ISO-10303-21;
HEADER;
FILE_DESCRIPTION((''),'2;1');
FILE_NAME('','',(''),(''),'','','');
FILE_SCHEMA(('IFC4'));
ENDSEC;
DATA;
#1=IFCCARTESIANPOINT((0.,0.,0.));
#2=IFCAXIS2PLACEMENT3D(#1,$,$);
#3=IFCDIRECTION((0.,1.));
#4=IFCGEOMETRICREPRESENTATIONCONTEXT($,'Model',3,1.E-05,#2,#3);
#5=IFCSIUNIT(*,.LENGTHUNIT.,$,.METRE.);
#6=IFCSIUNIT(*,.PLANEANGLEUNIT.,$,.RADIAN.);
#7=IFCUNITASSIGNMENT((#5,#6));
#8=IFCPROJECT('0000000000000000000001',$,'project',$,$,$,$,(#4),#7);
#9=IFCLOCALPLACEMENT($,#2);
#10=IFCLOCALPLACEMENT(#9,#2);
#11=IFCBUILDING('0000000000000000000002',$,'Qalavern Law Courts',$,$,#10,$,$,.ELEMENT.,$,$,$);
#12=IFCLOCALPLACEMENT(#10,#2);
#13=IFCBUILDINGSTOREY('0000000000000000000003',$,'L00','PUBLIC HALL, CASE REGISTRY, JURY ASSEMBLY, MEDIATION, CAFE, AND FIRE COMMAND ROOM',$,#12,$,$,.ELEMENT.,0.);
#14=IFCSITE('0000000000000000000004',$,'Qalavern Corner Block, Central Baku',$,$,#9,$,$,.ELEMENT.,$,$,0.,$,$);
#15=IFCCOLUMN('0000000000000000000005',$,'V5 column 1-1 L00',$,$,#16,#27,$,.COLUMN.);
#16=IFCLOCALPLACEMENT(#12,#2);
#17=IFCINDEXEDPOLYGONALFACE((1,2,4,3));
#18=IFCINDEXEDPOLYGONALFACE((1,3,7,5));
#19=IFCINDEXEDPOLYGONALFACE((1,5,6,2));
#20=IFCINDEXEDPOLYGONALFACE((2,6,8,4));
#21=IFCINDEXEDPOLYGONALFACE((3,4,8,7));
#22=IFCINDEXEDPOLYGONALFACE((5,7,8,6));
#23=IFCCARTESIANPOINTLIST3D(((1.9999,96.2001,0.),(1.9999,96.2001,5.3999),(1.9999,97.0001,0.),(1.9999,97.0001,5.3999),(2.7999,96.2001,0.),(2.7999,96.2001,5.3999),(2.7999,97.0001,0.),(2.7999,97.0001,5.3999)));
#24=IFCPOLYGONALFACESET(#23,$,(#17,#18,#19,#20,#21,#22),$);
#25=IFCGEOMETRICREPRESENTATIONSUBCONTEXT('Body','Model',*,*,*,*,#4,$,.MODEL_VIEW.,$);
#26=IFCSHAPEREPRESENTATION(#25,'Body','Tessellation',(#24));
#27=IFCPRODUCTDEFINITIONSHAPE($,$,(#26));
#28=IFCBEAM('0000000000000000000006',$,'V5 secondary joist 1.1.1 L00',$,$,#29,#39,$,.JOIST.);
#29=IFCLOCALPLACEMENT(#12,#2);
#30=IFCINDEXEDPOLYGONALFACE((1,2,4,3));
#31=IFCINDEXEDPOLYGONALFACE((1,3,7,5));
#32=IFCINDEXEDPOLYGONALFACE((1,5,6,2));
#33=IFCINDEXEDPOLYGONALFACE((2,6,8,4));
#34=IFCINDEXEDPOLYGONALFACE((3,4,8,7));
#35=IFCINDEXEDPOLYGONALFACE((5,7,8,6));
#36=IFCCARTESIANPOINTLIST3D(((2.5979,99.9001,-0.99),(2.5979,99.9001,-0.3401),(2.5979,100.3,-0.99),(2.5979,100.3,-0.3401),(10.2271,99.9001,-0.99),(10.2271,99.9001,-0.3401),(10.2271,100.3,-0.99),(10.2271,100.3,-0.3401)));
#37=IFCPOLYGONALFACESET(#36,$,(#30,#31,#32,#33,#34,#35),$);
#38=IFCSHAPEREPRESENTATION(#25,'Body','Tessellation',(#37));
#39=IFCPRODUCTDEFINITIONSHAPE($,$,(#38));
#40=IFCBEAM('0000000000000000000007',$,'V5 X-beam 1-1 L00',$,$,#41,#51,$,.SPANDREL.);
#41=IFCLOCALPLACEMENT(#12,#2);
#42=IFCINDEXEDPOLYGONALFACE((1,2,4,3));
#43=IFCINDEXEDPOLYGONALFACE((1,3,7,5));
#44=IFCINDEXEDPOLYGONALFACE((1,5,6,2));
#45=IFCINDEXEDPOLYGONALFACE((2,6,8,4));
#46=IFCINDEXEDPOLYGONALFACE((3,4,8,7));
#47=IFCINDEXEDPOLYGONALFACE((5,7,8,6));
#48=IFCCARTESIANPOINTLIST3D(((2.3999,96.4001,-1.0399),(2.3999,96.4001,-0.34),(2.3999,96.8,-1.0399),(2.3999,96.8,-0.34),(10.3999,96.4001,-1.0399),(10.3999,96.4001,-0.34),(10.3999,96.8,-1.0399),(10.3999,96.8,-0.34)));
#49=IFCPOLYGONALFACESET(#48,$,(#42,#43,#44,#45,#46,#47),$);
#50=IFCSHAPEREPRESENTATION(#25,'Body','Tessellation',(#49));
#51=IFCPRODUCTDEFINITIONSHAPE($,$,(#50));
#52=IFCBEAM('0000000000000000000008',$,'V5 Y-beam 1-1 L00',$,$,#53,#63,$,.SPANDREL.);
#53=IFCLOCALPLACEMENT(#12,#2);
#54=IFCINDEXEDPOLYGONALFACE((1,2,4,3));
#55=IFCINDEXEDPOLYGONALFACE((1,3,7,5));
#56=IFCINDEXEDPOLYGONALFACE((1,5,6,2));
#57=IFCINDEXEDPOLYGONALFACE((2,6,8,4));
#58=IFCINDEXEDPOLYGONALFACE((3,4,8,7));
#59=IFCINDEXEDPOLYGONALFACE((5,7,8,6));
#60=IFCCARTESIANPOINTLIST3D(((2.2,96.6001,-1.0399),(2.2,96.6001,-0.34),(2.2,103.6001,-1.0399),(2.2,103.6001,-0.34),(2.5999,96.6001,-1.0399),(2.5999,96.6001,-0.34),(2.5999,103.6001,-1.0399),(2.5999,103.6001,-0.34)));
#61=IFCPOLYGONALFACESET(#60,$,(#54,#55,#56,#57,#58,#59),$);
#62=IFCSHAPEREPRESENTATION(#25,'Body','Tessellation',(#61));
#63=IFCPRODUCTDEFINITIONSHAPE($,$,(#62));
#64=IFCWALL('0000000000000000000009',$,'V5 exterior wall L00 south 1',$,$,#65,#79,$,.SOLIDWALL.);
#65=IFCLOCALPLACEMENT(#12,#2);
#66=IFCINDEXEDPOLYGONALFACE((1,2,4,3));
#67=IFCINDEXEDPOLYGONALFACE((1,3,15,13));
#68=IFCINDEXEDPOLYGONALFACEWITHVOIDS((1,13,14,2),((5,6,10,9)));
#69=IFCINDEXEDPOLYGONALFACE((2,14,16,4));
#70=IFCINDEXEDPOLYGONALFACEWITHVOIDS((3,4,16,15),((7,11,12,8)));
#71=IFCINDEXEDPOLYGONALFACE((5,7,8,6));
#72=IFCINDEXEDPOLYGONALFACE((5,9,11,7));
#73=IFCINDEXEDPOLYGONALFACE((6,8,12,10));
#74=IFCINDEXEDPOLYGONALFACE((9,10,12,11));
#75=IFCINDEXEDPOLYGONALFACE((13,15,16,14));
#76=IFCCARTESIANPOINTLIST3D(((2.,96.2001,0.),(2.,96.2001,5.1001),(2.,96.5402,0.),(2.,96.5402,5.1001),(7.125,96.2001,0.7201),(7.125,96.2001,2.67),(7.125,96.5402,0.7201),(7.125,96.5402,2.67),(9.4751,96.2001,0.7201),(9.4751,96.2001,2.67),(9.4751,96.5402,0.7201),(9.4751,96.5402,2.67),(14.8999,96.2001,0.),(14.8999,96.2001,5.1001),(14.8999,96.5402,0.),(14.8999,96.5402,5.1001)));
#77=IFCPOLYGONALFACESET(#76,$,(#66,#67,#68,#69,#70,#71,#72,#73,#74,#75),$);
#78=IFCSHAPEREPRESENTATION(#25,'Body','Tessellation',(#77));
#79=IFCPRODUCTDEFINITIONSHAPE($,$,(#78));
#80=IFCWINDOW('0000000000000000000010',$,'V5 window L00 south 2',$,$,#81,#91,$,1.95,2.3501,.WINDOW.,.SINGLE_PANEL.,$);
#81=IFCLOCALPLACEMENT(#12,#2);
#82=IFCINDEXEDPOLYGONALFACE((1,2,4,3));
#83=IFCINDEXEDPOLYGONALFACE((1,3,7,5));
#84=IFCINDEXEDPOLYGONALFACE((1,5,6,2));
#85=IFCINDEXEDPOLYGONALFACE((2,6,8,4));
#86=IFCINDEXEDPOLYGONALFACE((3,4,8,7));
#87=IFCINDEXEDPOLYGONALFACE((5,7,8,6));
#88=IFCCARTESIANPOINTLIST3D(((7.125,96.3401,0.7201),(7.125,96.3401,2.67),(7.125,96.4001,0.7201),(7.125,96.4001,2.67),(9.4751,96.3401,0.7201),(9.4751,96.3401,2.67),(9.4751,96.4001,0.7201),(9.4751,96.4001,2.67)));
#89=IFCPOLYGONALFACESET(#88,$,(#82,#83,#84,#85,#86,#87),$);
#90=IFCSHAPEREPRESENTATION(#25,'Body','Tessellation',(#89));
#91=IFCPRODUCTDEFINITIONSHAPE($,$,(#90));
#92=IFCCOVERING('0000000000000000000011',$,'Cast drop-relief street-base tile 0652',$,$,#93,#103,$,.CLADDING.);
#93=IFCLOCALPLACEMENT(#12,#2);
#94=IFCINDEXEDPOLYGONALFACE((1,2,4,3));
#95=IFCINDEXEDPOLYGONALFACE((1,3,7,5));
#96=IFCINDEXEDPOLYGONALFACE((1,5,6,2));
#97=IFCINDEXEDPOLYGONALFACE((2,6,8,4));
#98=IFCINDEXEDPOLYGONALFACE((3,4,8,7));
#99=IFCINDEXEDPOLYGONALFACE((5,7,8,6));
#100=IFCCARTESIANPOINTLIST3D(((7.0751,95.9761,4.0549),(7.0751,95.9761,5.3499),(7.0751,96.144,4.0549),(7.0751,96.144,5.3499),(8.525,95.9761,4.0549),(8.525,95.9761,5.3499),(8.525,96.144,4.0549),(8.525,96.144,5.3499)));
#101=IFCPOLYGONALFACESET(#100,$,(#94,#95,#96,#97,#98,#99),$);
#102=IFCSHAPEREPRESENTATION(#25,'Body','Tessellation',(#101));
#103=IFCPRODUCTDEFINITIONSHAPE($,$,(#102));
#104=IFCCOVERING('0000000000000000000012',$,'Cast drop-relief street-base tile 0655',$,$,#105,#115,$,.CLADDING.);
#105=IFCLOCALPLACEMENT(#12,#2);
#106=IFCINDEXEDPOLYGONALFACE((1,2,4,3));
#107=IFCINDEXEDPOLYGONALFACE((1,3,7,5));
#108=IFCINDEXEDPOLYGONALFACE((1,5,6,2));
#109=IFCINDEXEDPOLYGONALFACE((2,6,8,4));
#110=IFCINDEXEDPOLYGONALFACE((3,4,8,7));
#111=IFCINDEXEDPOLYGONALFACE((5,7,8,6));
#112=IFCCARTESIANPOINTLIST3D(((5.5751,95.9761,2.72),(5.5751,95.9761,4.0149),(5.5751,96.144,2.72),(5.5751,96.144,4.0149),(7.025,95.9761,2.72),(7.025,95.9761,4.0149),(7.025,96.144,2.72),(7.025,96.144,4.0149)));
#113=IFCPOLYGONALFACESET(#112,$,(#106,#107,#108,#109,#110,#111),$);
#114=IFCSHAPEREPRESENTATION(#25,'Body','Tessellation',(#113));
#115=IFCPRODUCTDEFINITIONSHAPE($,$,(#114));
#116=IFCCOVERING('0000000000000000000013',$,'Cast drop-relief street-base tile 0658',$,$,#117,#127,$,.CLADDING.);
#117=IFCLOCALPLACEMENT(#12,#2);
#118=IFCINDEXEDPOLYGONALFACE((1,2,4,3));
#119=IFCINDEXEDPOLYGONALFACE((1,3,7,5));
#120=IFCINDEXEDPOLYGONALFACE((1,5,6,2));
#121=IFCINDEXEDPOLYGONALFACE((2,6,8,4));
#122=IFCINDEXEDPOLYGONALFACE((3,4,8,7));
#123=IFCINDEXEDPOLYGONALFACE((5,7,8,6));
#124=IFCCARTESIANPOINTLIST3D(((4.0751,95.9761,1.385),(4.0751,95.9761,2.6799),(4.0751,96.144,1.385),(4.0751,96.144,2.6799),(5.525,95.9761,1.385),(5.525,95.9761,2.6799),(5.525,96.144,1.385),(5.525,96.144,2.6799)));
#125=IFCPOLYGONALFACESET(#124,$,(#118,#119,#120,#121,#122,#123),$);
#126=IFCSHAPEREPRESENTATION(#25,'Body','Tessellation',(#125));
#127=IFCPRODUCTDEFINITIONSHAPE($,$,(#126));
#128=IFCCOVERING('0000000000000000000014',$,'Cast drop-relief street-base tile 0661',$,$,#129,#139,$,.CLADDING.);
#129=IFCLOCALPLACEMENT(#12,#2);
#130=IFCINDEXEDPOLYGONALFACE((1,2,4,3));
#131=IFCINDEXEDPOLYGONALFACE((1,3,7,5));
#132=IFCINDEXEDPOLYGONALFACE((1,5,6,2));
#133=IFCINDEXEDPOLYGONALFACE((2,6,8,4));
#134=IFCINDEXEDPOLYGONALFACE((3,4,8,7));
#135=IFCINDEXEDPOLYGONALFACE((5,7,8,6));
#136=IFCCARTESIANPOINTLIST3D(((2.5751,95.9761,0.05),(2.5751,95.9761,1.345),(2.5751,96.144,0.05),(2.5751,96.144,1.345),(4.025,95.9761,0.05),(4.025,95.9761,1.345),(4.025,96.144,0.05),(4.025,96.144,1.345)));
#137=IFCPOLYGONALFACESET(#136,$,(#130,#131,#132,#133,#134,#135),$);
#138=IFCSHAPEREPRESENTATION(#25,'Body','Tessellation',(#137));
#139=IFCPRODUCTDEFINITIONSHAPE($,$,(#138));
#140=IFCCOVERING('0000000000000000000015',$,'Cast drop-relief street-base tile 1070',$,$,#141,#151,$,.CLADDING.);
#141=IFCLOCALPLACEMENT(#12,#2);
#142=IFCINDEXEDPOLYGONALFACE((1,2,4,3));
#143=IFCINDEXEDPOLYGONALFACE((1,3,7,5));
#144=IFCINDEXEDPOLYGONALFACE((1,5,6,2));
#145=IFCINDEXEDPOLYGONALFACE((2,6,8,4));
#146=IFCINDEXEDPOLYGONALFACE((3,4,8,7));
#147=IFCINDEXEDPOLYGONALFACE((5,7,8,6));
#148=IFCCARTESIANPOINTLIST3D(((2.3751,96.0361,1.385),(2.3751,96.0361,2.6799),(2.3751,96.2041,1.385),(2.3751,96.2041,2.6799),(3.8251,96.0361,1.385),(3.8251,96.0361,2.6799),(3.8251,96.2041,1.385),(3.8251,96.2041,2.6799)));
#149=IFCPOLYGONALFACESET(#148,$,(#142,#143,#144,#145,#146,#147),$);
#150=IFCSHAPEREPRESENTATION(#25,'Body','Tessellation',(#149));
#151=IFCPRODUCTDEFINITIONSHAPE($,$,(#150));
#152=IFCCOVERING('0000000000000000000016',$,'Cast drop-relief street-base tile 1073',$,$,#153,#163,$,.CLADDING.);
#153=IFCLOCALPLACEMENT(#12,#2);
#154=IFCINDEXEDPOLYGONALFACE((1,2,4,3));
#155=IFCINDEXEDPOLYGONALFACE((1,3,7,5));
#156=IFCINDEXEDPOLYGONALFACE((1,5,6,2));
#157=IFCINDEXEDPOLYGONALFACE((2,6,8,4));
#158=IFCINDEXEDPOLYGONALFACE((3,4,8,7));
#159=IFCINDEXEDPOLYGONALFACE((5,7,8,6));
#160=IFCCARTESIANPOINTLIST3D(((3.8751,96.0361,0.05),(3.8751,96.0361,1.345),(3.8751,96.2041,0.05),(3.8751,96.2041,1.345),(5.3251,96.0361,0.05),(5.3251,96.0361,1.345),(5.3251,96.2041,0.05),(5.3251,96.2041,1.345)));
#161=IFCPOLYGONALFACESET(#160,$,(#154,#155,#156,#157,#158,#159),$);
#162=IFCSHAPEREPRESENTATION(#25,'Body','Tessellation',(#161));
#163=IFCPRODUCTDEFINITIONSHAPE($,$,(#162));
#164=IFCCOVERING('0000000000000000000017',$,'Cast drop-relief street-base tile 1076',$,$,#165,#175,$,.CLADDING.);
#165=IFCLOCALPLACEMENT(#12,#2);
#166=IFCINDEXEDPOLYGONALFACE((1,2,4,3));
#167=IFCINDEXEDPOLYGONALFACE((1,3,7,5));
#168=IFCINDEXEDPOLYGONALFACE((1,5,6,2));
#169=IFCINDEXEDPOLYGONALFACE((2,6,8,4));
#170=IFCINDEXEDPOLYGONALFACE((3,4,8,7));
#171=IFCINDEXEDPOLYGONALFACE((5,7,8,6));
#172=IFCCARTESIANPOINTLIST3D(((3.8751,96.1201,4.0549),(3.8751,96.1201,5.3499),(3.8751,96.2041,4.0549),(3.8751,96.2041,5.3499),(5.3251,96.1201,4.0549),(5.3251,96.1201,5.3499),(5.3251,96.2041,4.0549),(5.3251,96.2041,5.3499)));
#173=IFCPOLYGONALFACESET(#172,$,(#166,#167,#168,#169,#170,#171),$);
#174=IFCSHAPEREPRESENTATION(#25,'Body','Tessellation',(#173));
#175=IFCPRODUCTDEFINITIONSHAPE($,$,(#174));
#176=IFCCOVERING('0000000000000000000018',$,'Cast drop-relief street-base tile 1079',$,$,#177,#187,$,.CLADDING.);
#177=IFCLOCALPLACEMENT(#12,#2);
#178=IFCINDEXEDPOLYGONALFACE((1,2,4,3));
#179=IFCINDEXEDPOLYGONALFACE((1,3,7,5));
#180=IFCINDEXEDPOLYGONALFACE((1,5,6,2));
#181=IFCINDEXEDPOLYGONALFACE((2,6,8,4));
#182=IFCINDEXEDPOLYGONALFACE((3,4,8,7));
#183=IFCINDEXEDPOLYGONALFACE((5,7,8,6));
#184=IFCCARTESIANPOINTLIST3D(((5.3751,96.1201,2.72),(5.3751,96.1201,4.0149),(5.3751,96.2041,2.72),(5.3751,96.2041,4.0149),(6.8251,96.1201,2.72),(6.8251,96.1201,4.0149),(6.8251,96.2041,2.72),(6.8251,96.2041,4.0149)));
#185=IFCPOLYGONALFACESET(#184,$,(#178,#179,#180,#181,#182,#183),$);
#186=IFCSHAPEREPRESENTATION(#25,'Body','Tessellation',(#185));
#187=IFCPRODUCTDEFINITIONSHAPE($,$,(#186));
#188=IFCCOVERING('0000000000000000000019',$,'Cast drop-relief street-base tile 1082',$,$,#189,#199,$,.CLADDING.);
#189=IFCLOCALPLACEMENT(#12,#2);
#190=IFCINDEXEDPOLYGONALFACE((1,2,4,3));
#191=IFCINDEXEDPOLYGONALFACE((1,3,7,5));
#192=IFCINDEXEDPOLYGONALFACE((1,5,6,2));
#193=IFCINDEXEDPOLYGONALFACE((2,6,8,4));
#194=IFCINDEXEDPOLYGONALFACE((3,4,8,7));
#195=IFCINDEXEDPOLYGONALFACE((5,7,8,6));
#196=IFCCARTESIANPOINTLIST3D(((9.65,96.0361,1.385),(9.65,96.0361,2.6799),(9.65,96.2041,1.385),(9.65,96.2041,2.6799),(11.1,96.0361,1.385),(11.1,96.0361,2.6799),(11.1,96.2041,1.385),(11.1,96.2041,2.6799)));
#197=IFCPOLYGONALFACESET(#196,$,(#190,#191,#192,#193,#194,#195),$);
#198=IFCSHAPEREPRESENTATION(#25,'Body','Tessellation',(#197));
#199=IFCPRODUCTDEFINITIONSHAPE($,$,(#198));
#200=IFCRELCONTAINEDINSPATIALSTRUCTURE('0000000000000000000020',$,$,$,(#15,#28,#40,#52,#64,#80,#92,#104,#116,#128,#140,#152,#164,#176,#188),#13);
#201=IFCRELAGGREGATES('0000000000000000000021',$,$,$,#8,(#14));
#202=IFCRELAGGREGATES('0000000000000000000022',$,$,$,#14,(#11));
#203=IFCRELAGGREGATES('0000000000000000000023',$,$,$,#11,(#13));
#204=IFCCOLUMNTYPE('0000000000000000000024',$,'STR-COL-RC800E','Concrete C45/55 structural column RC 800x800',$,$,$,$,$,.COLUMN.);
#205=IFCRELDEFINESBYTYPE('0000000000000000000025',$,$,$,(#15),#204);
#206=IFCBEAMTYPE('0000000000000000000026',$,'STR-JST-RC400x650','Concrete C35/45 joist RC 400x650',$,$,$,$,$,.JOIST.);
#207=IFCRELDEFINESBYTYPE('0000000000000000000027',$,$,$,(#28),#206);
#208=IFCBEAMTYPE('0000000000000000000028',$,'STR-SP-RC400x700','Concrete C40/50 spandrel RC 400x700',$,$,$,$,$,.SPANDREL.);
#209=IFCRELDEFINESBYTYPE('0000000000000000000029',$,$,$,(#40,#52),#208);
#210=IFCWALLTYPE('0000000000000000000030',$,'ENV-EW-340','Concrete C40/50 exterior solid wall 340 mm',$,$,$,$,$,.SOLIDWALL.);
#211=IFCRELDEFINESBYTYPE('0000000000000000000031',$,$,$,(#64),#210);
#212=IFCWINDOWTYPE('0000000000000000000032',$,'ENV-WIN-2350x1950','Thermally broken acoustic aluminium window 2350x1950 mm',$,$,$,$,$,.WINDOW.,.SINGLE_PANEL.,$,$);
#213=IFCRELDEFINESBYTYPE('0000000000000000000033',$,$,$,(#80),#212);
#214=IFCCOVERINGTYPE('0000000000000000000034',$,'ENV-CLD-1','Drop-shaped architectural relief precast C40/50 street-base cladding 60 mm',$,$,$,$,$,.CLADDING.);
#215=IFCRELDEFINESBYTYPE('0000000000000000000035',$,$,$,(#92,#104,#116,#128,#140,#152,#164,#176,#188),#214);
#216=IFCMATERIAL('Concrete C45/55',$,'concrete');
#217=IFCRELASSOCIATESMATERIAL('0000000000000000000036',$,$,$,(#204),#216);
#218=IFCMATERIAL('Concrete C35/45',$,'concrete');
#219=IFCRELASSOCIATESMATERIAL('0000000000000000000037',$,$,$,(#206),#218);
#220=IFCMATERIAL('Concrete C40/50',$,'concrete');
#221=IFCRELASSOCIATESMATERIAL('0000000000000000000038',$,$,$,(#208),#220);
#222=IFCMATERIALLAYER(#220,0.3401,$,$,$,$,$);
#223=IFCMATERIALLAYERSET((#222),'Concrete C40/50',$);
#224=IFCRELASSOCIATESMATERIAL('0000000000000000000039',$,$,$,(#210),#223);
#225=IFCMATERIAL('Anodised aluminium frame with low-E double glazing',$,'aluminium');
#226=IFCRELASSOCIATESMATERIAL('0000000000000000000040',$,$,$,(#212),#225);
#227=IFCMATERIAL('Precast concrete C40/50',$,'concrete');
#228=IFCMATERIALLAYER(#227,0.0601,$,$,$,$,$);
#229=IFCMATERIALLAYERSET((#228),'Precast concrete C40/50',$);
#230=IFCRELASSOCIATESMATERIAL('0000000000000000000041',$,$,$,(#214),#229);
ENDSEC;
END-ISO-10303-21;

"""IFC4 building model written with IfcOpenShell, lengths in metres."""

from ifc_helpers import new_model, si_unit, direction, frame, frame_2d, origin, origin_2d, place, context, subcontext, project, spatial, rectangle, extrude, material, layer, layer_set, material_profile, profile_set, type_object, element, fill, save


model = new_model("IFC4")

# Units and contexts
model_context = context("Model", 3, precision=1e-05, world=origin(), true_north=direction((0.0, 1.0)))
body_context = subcontext(model_context, "Body", "Model", "MODEL_VIEW")
ifc_project = project(units=[si_unit("LENGTHUNIT", "METRE"), si_unit("PLANEANGLEUNIT", "RADIAN")], contexts=[model_context])

# Site, building, storey
site_placement = place(None, origin())
site = spatial("IfcSite", under=ifc_project, at=site_placement, Name="Qalavern Corner Block, Central Baku", CompositionType="ELEMENT", RefElevation=0.0)
building_placement = place(site_placement, origin())
building = spatial("IfcBuilding", under=site, at=building_placement, Name="Qalavern Law Courts", CompositionType="ELEMENT")
storey_placement = place(building_placement, origin())
storey = spatial("IfcBuildingStorey", under=building, at=storey_placement, Name="L00", Description="PUBLIC HALL, CASE REGISTRY, JURY ASSEMBLY, MEDIATION, CAFE, AND FIRE COMMAND ROOM", CompositionType="ELEMENT", Elevation=0.0)

# Column
ifc_material_1 = material(Name="Concrete C45/55", Category="concrete")
ifc_material_profile_1 = material_profile(ifc_material_1, rectangle(XDim=0.8, YDim=0.8, at=origin_2d()), Name="RC 800x800")
ifc_profile_set_1 = profile_set([ifc_material_profile_1], Name="Concrete C45/55")
column_type = type_object("IfcColumnType", Name="STR-COL-RC800E", Description="Concrete C45/55 structural column RC 800x800", PredefinedType="COLUMN", material=ifc_profile_set_1)
column_placement = place(storey_placement, frame((2.3999, 96.6001, 0.0), z_axis=(0.0, 0.0, 1.0), x_axis=(1.0, 0.0, 0.0)))
element("IfcColumn", 1, at=column_placement, inside=storey, type_object=column_type, Name="V5 column 1-1 L00", PredefinedType="COLUMN", context=body_context, shape_type="SweptSolid", body=[
    extrude(rectangle(XDim=0.8, YDim=0.8, at=origin_2d()), origin(), (0.0, 0.0, 1.0), 5.3999),
])

# Beams
ifc_material_2 = material(Name="Concrete C35/45", Category="concrete")
ifc_material_profile_2 = material_profile(ifc_material_2, rectangle(XDim=0.3999, YDim=0.6499, at=origin_2d()), Name="RC 400x650")
ifc_profile_set_2 = profile_set([ifc_material_profile_2], Name="Concrete C35/45")
beam_type_1 = type_object("IfcBeamType", Name="STR-JST-RC400x650", Description="Concrete C35/45 joist RC 400x650", PredefinedType="JOIST", material=ifc_profile_set_2)
beam_1_placement = place(storey_placement, frame((2.5979, 100.1001, -0.665), z_axis=(1.0, 0.0, 0.0), x_axis=(0.0, 1.0, 0.0)))
element("IfcBeam", 2, at=beam_1_placement, inside=storey, type_object=beam_type_1, Name="V5 secondary joist 1.1.1 L00", PredefinedType="JOIST", context=body_context, shape_type="SweptSolid", body=[
    extrude(rectangle(XDim=0.3999, YDim=0.6499, at=origin_2d()), origin(), (0.0, 0.0, 1.0), 7.6292),
])
ifc_material_3 = material(Name="Concrete C40/50", Category="concrete")
ifc_material_profile_3 = material_profile(ifc_material_3, rectangle(XDim=0.3999, YDim=0.7, at=origin_2d()), Name="RC 400x700")
ifc_profile_set_3 = profile_set([ifc_material_profile_3], Name="Concrete C40/50")
beam_type_2 = type_object("IfcBeamType", Name="STR-SP-RC400x700", Description="Concrete C40/50 spandrel RC 400x700", PredefinedType="SPANDREL", material=ifc_profile_set_3)
beam_2_placement = place(storey_placement, frame((2.3999, 96.6001, -0.6899), z_axis=(1.0, 0.0, 0.0), x_axis=(0.0, 1.0, 0.0)))
element("IfcBeam", 3, at=beam_2_placement, inside=storey, type_object=beam_type_2, Name="V5 X-beam 1-1 L00", PredefinedType="SPANDREL", context=body_context, shape_type="SweptSolid", body=[
    extrude(rectangle(XDim=0.3999, YDim=0.7, at=origin_2d()), origin(), (0.0, 0.0, 1.0), 8.0),
])
beam_3_placement = place(storey_placement, frame((2.3999, 96.6001, -0.6899), z_axis=(0.0, 1.0, 0.0), x_axis=(-1.0, 0.0, 0.0)))
element("IfcBeam", 4, at=beam_3_placement, inside=storey, type_object=beam_type_2, Name="V5 Y-beam 1-1 L00", PredefinedType="SPANDREL", context=body_context, shape_type="SweptSolid", body=[
    extrude(rectangle(XDim=0.3999, YDim=0.7, at=origin_2d()), origin(), (0.0, 0.0, 1.0), 7.0),
])

# Wall, opening, window
ifc_layer_1 = layer(ifc_material_3, 0.3401)
ifc_layer_set_1 = layer_set([ifc_layer_1], Name="Concrete C40/50")
wall_type = type_object("IfcWallType", Name="ENV-EW-340", Description="Concrete C40/50 exterior solid wall 340 mm", PredefinedType="SOLIDWALL", material=ifc_layer_set_1)
wall_placement = place(storey_placement, frame((2.0, 96.3701, 0.0), z_axis=(0.0, 0.0, 1.0), x_axis=(1.0, 0.0, 0.0)))
wall = element("IfcWall", 5, at=wall_placement, inside=storey, type_object=wall_type, Name="V5 exterior wall L00 south 1", PredefinedType="SOLIDWALL", context=body_context, shape_type="SweptSolid", body=[
    extrude(rectangle(XDim=12.8999, YDim=0.3401, at=frame_2d((6.45, 0.0))), origin(), (0.0, 0.0, 1.0), 5.1001),
])
opening_placement = place(wall_placement, frame((5.125, 0.0, 0.72)))
opening = element("IfcOpeningElement", 6, at=opening_placement, cuts=wall, PredefinedType="OPENING", context=body_context, shape_type="SweptSolid", body=[
    extrude(rectangle(XDim=2.3501, YDim=1.95, at=frame_2d((1.175, 0.9751))), frame((0.0, 0.1851, 0.0), z_axis=(0.0, -1.0, 0.0), x_axis=(1.0, 0.0, 0.0)), (0.0, 0.0, 1.0), 0.3699),
])
ifc_material_4 = material(Name="Anodised aluminium frame with low-E double glazing", Category="aluminium")
window_type = type_object("IfcWindowType", Name="ENV-WIN-2350x1950", Description="Thermally broken acoustic aluminium window 2350x1950 mm", PartitioningType="SINGLE_PANEL", PredefinedType="WINDOW", material=ifc_material_4)
window_placement = place(opening_placement, origin())
window = element("IfcWindow", 7, at=window_placement, inside=storey, type_object=window_type, Name="V5 window L00 south 2", OverallHeight=1.95, OverallWidth=2.3501, PartitioningType="SINGLE_PANEL", PredefinedType="WINDOW", context=body_context, shape_type="SweptSolid", body=[
    extrude(rectangle(XDim=2.3501, YDim=1.95, at=frame_2d((1.175, 0.9751))), frame((0.0, 0.03, 0.0), z_axis=(0.0, -1.0, 0.0), x_axis=(1.0, 0.0, 0.0)), (0.0, 0.0, 1.0), 0.0601),
])
fill(opening, window)

# Coverings
ifc_material_5 = material(Name="Precast concrete C40/50", Category="concrete")
ifc_layer_2 = layer(ifc_material_5, 0.0601)
ifc_layer_set_2 = layer_set([ifc_layer_2], Name="Precast concrete C40/50")
covering_type_1 = type_object("IfcCoveringType", Name="ENV-CLD-1", Description="Drop-shaped architectural relief precast C40/50 street-base cladding 60 mm", PredefinedType="CLADDING", material=ifc_layer_set_2)
for number, where, z_axis, x_axis, name in (
    (8, (7.8, 96.0601, 4.0549), (0.0, 0.0, 1.0), (-1.0, 0.0, 0.0), "Cast drop-relief street-base tile 0652"),
    (9, (6.3, 96.0601, 2.72), (0.0, 0.0, 1.0), (-1.0, 0.0, 0.0), "Cast drop-relief street-base tile 0655"),
    (10, (4.8, 96.0601, 1.385), (0.0, 0.0, 1.0), (-1.0, 0.0, 0.0), "Cast drop-relief street-base tile 0658"),
    (11, (3.3, 96.0601, 0.05), (0.0, 0.0, 1.0), (-1.0, 0.0, 0.0), "Cast drop-relief street-base tile 0661"),
    (12, (3.1001, 96.1201, 1.385), (0.0, 0.0, 1.0), (1.0, 0.0, 0.0), "Cast drop-relief street-base tile 1070"),
    (13, (4.6001, 96.1201, 0.05), (0.0, 0.0, 1.0), (1.0, 0.0, 0.0), "Cast drop-relief street-base tile 1073"),
):
    element("IfcCovering", number, at=place(storey_placement, frame(where, z_axis=z_axis, x_axis=x_axis)), inside=storey, type_object=covering_type_1, Name=name, PredefinedType="CLADDING", context=body_context, shape_type="SweptSolid", body=[
        extrude(rectangle(XDim=1.45, YDim=0.168, at=origin_2d()), origin(), (0.0, 0.0, 1.0), 1.2949),
    ])
for number, where, z_axis, x_axis, name in (
    (14, (4.6001, 96.1621, 4.0549), (0.0, 0.0, 1.0), (1.0, 0.0, 0.0), "Cast drop-relief street-base tile 1076"),
    (15, (6.1001, 96.1621, 2.72), (0.0, 0.0, 1.0), (1.0, 0.0, 0.0), "Cast drop-relief street-base tile 1079"),
):
    element("IfcCovering", number, at=place(storey_placement, frame(where, z_axis=z_axis, x_axis=x_axis)), inside=storey, type_object=covering_type_1, Name=name, PredefinedType="CLADDING", context=body_context, shape_type="SweptSolid", body=[
        extrude(rectangle(XDim=1.45, YDim=0.084, at=origin_2d()), origin(), (0.0, 0.0, 1.0), 1.2949),
    ])
for number, where, z_axis, x_axis, name in (
    (16, (10.375, 96.1201, 1.385), (0.0, 0.0, 1.0), (1.0, 0.0, 0.0), "Cast drop-relief street-base tile 1082"),
):
    element("IfcCovering", number, at=place(storey_placement, frame(where, z_axis=z_axis, x_axis=x_axis)), inside=storey, type_object=covering_type_1, Name=name, PredefinedType="CLADDING", context=body_context, shape_type="SweptSolid", body=[
        extrude(rectangle(XDim=1.45, YDim=0.168, at=origin_2d()), origin(), (0.0, 0.0, 1.0), 1.2949),
    ])

save(model, "model.ifc")
